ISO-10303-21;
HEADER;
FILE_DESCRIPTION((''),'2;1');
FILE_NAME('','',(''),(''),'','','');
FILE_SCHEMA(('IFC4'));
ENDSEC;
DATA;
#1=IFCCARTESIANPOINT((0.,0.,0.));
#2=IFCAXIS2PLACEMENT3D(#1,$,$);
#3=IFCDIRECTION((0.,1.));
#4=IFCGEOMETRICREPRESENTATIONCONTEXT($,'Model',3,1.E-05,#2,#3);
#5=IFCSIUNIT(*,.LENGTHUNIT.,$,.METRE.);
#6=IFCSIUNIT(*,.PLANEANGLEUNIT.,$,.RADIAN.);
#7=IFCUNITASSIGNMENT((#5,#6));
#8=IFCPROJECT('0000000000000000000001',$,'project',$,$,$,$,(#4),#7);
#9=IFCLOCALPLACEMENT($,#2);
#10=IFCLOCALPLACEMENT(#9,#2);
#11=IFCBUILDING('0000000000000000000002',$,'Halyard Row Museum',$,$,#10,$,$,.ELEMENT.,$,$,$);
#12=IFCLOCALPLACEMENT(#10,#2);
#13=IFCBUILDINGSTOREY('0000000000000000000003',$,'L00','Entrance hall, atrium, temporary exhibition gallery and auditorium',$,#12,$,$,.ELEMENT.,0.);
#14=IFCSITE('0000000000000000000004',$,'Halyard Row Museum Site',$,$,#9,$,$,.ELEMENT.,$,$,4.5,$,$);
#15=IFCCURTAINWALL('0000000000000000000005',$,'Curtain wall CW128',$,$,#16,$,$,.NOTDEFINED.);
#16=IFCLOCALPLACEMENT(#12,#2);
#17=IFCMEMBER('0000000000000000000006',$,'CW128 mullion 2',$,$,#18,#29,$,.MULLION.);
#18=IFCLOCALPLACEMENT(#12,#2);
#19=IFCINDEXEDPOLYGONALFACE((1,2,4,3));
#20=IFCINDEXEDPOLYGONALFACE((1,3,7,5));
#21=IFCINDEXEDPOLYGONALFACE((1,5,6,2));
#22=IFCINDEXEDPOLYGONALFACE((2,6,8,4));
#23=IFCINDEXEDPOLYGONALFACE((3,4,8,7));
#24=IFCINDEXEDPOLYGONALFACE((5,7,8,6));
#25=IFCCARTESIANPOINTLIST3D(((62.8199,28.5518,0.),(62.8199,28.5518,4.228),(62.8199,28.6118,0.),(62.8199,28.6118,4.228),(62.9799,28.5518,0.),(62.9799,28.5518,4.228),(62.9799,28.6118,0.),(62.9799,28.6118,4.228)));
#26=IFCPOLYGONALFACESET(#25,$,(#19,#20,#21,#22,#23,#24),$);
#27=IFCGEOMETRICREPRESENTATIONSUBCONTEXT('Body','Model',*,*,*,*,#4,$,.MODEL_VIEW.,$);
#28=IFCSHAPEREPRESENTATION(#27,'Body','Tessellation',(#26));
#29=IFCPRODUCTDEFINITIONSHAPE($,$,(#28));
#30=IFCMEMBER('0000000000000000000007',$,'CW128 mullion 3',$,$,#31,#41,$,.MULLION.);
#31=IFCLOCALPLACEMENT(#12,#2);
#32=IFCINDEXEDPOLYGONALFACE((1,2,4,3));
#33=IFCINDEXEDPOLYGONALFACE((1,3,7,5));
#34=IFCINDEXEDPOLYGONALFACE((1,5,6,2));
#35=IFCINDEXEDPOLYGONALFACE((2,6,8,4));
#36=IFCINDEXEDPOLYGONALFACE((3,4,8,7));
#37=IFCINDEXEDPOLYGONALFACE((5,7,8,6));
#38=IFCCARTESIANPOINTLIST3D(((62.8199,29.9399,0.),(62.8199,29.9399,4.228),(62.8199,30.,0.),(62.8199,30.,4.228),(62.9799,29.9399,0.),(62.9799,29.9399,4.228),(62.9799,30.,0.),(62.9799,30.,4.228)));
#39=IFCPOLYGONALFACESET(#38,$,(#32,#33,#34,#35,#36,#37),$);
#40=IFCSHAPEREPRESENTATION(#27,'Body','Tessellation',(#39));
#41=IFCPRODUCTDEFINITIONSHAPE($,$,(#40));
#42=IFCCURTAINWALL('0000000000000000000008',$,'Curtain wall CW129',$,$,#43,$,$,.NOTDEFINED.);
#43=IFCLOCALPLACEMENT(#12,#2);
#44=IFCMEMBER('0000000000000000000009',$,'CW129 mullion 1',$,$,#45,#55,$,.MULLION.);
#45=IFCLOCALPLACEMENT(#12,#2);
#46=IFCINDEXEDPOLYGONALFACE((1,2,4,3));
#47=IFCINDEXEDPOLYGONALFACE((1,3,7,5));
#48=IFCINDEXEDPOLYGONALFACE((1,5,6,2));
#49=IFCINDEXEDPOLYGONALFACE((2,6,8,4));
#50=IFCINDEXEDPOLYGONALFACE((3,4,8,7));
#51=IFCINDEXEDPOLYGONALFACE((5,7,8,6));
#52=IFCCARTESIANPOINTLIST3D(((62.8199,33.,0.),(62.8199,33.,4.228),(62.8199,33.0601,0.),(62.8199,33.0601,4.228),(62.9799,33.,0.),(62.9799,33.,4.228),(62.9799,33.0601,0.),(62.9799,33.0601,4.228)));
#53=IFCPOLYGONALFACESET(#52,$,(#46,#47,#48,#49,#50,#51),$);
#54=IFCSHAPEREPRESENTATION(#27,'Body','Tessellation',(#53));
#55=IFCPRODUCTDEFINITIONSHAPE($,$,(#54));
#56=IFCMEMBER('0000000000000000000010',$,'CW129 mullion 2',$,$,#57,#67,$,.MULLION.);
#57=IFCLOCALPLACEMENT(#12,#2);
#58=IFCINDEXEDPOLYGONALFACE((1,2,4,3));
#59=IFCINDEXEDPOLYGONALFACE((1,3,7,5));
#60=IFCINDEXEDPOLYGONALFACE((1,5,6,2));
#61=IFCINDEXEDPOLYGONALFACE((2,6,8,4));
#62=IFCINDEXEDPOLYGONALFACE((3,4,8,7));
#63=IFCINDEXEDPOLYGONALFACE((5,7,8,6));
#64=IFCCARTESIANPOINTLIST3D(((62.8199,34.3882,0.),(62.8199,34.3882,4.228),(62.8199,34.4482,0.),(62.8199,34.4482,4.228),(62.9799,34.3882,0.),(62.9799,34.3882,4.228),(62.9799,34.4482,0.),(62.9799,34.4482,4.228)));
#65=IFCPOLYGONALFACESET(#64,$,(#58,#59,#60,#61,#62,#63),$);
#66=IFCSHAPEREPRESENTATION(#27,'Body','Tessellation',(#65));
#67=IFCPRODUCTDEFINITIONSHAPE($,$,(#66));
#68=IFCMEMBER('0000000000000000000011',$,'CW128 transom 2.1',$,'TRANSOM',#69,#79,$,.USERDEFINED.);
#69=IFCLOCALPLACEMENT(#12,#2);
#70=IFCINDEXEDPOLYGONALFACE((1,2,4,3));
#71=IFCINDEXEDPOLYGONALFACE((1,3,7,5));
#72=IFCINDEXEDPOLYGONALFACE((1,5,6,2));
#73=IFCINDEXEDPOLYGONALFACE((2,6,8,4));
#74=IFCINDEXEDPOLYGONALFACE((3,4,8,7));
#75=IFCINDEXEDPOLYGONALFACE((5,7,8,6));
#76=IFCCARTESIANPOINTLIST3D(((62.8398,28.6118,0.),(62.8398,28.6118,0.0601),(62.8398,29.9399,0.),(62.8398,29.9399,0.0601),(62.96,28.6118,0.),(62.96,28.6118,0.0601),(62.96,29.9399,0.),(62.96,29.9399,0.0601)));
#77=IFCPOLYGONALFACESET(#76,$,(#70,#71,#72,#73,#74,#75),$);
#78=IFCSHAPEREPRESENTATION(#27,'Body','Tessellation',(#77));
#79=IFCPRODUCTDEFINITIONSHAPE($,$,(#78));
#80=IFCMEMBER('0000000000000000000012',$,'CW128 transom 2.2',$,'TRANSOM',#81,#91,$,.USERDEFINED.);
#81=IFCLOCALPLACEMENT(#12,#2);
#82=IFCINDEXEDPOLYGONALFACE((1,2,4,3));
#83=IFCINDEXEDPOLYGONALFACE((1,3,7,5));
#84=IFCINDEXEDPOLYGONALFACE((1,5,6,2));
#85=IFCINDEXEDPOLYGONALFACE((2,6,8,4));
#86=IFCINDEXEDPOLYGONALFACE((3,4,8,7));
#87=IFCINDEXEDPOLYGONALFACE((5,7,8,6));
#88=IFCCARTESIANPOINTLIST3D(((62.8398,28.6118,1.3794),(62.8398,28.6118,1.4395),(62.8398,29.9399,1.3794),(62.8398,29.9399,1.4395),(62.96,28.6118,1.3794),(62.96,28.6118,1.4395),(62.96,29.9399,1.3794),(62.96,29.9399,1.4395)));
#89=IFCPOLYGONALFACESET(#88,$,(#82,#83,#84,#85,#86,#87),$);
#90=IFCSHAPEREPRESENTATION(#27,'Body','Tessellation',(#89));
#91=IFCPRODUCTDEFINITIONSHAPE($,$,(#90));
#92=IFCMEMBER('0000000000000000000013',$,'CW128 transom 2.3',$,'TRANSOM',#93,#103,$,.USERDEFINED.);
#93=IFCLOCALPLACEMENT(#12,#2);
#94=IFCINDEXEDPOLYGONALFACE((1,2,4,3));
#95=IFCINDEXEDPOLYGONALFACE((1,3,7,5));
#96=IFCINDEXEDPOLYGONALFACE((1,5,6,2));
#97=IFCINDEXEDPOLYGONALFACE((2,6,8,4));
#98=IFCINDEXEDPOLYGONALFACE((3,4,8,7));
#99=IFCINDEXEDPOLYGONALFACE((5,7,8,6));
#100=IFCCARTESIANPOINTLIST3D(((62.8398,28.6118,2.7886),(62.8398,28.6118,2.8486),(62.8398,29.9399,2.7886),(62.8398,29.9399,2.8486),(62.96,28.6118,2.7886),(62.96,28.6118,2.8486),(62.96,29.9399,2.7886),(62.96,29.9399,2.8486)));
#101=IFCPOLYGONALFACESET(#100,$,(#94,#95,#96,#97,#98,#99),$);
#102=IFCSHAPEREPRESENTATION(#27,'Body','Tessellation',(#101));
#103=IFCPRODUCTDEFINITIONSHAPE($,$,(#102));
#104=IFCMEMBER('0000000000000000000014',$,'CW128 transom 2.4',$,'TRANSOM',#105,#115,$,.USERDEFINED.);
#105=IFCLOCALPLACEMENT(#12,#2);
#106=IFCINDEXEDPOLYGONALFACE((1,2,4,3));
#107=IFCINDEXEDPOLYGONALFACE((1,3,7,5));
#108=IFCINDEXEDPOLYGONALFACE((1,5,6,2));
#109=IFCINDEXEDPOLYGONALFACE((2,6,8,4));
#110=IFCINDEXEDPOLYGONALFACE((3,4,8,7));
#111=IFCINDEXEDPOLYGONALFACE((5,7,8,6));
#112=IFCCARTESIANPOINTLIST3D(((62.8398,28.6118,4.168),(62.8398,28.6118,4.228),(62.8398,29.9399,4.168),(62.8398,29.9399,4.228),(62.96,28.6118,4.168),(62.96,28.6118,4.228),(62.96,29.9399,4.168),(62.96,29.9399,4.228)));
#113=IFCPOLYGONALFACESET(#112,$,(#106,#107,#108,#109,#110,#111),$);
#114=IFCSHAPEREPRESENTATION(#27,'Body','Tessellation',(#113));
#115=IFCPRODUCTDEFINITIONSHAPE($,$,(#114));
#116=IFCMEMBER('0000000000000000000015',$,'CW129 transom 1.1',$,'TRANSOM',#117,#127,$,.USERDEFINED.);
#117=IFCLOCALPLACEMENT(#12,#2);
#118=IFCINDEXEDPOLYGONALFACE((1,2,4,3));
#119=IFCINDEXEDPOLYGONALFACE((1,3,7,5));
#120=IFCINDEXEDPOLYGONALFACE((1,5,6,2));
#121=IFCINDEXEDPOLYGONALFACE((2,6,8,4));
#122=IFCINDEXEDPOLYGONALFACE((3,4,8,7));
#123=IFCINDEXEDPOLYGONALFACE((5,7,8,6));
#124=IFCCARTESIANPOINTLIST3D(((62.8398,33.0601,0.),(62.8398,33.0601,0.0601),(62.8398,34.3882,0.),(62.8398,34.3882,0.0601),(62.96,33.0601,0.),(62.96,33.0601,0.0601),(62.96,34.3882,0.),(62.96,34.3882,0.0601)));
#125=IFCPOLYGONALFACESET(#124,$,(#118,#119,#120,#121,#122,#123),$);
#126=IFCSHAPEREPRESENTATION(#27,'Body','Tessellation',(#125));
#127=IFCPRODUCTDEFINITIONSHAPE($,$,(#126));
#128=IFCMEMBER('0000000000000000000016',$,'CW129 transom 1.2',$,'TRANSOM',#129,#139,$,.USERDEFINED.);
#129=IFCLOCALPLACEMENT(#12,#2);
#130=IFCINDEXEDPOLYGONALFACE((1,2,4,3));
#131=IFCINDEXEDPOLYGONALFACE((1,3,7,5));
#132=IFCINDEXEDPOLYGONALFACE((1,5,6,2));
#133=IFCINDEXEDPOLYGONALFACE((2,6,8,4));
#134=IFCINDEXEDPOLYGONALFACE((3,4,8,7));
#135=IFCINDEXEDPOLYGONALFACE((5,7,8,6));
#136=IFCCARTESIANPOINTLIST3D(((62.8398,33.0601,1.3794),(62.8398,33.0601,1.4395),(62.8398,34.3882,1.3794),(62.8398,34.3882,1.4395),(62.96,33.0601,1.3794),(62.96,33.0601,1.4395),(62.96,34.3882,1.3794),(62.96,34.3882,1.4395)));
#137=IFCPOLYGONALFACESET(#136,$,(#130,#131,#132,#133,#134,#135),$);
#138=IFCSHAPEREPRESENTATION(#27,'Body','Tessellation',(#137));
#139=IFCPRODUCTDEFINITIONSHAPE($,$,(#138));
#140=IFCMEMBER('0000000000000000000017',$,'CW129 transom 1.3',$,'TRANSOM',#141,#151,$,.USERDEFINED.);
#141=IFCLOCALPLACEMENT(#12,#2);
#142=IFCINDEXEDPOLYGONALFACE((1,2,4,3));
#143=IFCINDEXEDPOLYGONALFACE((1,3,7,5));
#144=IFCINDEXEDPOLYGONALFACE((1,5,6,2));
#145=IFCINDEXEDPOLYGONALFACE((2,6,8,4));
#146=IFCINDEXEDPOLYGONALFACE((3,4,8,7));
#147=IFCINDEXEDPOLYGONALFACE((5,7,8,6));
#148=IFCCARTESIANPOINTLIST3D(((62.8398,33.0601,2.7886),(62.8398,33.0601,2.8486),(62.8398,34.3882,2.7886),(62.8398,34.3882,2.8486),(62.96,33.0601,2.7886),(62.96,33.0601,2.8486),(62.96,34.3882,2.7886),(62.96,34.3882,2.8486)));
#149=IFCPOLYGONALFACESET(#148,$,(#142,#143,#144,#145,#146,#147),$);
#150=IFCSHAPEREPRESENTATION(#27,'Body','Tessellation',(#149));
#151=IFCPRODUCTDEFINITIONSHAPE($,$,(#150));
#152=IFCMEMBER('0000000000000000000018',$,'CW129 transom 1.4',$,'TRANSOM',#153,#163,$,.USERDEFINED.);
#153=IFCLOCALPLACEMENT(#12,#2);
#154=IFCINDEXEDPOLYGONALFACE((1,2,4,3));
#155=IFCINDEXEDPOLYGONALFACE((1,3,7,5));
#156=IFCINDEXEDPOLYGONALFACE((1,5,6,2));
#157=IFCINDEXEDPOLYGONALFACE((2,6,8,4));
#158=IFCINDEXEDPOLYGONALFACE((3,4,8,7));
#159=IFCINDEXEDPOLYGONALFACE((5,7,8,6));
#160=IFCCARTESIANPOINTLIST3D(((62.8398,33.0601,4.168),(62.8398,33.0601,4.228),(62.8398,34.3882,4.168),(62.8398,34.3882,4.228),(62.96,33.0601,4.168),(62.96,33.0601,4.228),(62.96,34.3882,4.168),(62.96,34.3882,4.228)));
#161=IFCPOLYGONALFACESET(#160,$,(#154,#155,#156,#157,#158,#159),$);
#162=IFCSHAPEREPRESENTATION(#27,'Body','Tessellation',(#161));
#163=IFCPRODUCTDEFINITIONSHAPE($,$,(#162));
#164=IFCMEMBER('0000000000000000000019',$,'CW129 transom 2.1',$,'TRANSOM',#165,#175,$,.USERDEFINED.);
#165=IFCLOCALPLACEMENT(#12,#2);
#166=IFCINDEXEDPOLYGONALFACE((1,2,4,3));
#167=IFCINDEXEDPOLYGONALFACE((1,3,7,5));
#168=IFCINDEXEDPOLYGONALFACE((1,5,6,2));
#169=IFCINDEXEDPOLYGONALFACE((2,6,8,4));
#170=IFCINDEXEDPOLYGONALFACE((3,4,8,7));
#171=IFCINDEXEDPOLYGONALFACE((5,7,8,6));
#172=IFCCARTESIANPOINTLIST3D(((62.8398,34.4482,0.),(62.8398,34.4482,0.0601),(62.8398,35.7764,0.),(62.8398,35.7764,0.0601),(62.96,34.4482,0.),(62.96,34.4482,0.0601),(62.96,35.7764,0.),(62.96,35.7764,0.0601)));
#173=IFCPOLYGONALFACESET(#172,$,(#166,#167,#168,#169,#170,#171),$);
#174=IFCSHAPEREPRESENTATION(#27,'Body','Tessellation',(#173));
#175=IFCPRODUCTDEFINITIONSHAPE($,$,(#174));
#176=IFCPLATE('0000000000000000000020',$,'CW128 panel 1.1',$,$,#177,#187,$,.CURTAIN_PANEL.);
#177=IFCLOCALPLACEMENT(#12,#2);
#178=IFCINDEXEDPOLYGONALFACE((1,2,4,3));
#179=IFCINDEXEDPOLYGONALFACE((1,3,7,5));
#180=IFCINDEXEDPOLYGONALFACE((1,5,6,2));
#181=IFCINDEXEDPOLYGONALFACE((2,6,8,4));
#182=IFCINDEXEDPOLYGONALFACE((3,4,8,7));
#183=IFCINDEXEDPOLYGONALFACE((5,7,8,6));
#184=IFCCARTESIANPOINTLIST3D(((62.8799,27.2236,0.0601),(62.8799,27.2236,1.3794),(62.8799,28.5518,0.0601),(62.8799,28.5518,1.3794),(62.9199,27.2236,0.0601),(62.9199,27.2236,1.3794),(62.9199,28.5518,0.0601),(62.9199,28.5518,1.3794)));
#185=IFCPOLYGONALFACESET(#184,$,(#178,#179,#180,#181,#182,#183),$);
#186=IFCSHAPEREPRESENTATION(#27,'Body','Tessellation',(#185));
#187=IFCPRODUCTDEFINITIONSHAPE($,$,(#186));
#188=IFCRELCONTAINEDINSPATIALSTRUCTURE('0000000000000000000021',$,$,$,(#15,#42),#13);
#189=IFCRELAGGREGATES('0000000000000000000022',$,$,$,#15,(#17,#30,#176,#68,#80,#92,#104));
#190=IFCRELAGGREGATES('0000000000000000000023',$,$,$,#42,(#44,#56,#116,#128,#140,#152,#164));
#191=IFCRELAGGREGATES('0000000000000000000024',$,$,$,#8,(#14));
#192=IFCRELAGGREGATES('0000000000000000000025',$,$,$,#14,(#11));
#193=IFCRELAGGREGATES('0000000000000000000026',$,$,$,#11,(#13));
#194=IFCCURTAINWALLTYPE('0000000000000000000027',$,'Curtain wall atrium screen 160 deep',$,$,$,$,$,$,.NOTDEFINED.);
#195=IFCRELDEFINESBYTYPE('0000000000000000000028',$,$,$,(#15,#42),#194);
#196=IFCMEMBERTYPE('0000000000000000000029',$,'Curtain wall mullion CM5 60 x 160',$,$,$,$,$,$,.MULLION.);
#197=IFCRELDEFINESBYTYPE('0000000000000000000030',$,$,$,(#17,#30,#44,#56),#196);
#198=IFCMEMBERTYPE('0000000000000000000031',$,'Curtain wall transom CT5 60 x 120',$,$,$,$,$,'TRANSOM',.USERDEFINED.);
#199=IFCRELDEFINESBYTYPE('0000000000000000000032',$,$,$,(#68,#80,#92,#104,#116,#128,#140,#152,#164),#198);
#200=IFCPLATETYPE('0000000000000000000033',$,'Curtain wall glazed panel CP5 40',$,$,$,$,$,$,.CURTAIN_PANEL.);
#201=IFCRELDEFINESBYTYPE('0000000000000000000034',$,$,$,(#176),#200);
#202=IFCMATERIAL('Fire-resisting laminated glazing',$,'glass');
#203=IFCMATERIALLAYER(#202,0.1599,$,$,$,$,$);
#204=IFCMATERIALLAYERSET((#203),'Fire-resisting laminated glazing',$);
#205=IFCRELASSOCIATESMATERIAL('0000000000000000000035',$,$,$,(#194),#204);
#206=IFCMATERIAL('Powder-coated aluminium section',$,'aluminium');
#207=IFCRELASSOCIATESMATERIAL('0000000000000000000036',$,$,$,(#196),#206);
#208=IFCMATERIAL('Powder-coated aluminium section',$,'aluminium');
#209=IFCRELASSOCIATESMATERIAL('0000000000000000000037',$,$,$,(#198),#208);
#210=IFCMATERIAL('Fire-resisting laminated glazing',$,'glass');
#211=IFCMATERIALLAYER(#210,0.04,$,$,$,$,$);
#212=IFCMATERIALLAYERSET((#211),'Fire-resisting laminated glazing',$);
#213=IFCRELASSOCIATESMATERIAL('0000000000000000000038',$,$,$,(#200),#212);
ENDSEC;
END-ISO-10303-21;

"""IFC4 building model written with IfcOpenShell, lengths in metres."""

from ifc_helpers import new_model, si_unit, direction, frame, origin, origin_2d, place, context, subcontext, project, spatial, rectangle, extrude, material, layer, layer_set, material_profile, profile_set, type_object, element, aggregate, save


model = new_model("IFC4")

# Units and contexts
model_context = context("Model", 3, precision=1e-05, world=origin(), true_north=direction((0.0, 1.0)))
body_context = subcontext(model_context, "Body", "Model", "MODEL_VIEW")
ifc_project = project(units=[si_unit("LENGTHUNIT", "METRE"), si_unit("PLANEANGLEUNIT", "RADIAN")], contexts=[model_context])

# Site, building, storey
site_placement = place(None, origin())
site = spatial("IfcSite", under=ifc_project, at=site_placement, Name="Halyard Row Museum Site", CompositionType="ELEMENT", RefElevation=4.5)
building_placement = place(site_placement, origin())
building = spatial("IfcBuilding", under=site, at=building_placement, Name="Halyard Row Museum", CompositionType="ELEMENT")
storey_placement = place(building_placement, origin())
storey = spatial("IfcBuildingStorey", under=building, at=storey_placement, Name="L00", Description="Entrance hall, atrium, temporary exhibition gallery and auditorium", CompositionType="ELEMENT", Elevation=0.0)

# Curtain walls, members
ifc_material_1 = material(Name="Fire-resisting laminated glazing", Category="glass")
ifc_layer_1 = layer(ifc_material_1, 0.1599)
ifc_layer_set_1 = layer_set([ifc_layer_1], Name="Fire-resisting laminated glazing")
curtain_wall_type = type_object("IfcCurtainWallType", Name="Curtain wall atrium screen 160 deep", PredefinedType="NOTDEFINED", material=ifc_layer_set_1)
curtain_wall_1_placement = place(storey_placement, origin())
curtain_wall_1 = element("IfcCurtainWall", 1, at=curtain_wall_1_placement, inside=storey, type_object=curtain_wall_type, Name="Curtain wall CW128", PredefinedType="NOTDEFINED")
ifc_material_2 = material(Name="Powder-coated aluminium section", Category="aluminium")
ifc_material_profile_1 = material_profile(ifc_material_2, rectangle(XDim=0.1599, YDim=0.0601, at=origin_2d()), Name="160x60 mullion")
ifc_profile_set_1 = profile_set([ifc_material_profile_1], Name="Powder-coated aluminium section")
member_type_1 = type_object("IfcMemberType", Name="Curtain wall mullion CM5 60 x 160", PredefinedType="MULLION", material=ifc_profile_set_1)
member_1_placement = place(storey_placement, frame((62.8999, 28.5818, 0.0), z_axis=(0.0, 0.0, 1.0), x_axis=(-1.0, 0.0, 0.0)))
member_1 = element("IfcMember", 2, at=member_1_placement, type_object=member_type_1, Name="CW128 mullion 2", PredefinedType="MULLION", context=body_context, shape_type="SweptSolid", body=[
    extrude(rectangle(XDim=0.1599, YDim=0.0601, at=origin_2d()), origin(), (0.0, 0.0, 1.0), 4.228),
])
member_2_placement = place(storey_placement, frame((62.8999, 29.97, 0.0), z_axis=(0.0, 0.0, 1.0), x_axis=(-1.0, 0.0, 0.0)))
member_2 = element("IfcMember", 3, at=member_2_placement, type_object=member_type_1, Name="CW128 mullion 3", PredefinedType="MULLION", context=body_context, shape_type="SweptSolid", body=[
    extrude(rectangle(XDim=0.1599, YDim=0.0601, at=origin_2d()), origin(), (0.0, 0.0, 1.0), 4.228),
])
curtain_wall_2_placement = place(storey_placement, origin())
curtain_wall_2 = element("IfcCurtainWall", 4, at=curtain_wall_2_placement, inside=storey, type_object=curtain_wall_type, Name="Curtain wall CW129", PredefinedType="NOTDEFINED")
member_3_placement = place(storey_placement, frame((62.8999, 33.03, 0.0), z_axis=(0.0, 0.0, 1.0), x_axis=(-1.0, 0.0, 0.0)))
member_3 = element("IfcMember", 5, at=member_3_placement, type_object=member_type_1, Name="CW129 mullion 1", PredefinedType="MULLION", context=body_context, shape_type="SweptSolid", body=[
    extrude(rectangle(XDim=0.1599, YDim=0.0601, at=origin_2d()), origin(), (0.0, 0.0, 1.0), 4.228),
])
member_4_placement = place(storey_placement, frame((62.8999, 34.4182, 0.0), z_axis=(0.0, 0.0, 1.0), x_axis=(-1.0, 0.0, 0.0)))
member_4 = element("IfcMember", 6, at=member_4_placement, type_object=member_type_1, Name="CW129 mullion 2", PredefinedType="MULLION", context=body_context, shape_type="SweptSolid", body=[
    extrude(rectangle(XDim=0.1599, YDim=0.0601, at=origin_2d()), origin(), (0.0, 0.0, 1.0), 4.228),
])

# Members
ifc_material_3 = material(Name="Powder-coated aluminium section", Category="aluminium")
ifc_material_profile_2 = material_profile(ifc_material_3, rectangle(XDim=0.1201, YDim=0.0601, at=origin_2d()), Name="120x60 transom")
ifc_profile_set_2 = profile_set([ifc_material_profile_2], Name="Powder-coated aluminium section")
member_type_2 = type_object("IfcMemberType", Name="Curtain wall transom CT5 60 x 120", ElementType="TRANSOM", PredefinedType="USERDEFINED", material=ifc_profile_set_2)
member_5_placement = place(storey_placement, frame((62.8999, 28.6118, 0.03), z_axis=(0.0, 1.0, 0.0), x_axis=(-1.0, 0.0, 0.0)))
member_5 = element("IfcMember", 7, at=member_5_placement, type_object=member_type_2, Name="CW128 transom 2.1", ObjectType="TRANSOM", PredefinedType="USERDEFINED", context=body_context, shape_type="SweptSolid", body=[
    extrude(rectangle(XDim=0.1201, YDim=0.0601, at=origin_2d()), origin(), (0.0, 0.0, 1.0), 1.3281),
])
member_6_placement = place(storey_placement, frame((62.8999, 28.6118, 1.4094), z_axis=(0.0, 1.0, 0.0), x_axis=(-1.0, 0.0, 0.0)))
member_6 = element("IfcMember", 8, at=member_6_placement, type_object=member_type_2, Name="CW128 transom 2.2", ObjectType="TRANSOM", PredefinedType="USERDEFINED", context=body_context, shape_type="SweptSolid", body=[
    extrude(rectangle(XDim=0.1201, YDim=0.0601, at=origin_2d()), origin(), (0.0, 0.0, 1.0), 1.3281),
])
member_7_placement = place(storey_placement, frame((62.8999, 28.6118, 2.8186), z_axis=(0.0, 1.0, 0.0), x_axis=(-1.0, 0.0, 0.0)))
member_7 = element("IfcMember", 9, at=member_7_placement, type_object=member_type_2, Name="CW128 transom 2.3", ObjectType="TRANSOM", PredefinedType="USERDEFINED", context=body_context, shape_type="SweptSolid", body=[
    extrude(rectangle(XDim=0.1201, YDim=0.0601, at=origin_2d()), origin(), (0.0, 0.0, 1.0), 1.3281),
])
member_8_placement = place(storey_placement, frame((62.8999, 28.6118, 4.198), z_axis=(0.0, 1.0, 0.0), x_axis=(-1.0, 0.0, 0.0)))
member_8 = element("IfcMember", 10, at=member_8_placement, type_object=member_type_2, Name="CW128 transom 2.4", ObjectType="TRANSOM", PredefinedType="USERDEFINED", context=body_context, shape_type="SweptSolid", body=[
    extrude(rectangle(XDim=0.1201, YDim=0.0601, at=origin_2d()), origin(), (0.0, 0.0, 1.0), 1.3281),
])
member_9_placement = place(storey_placement, frame((62.8999, 33.0601, 0.03), z_axis=(0.0, 1.0, 0.0), x_axis=(-1.0, 0.0, 0.0)))
member_9 = element("IfcMember", 11, at=member_9_placement, type_object=member_type_2, Name="CW129 transom 1.1", ObjectType="TRANSOM", PredefinedType="USERDEFINED", context=body_context, shape_type="SweptSolid", body=[
    extrude(rectangle(XDim=0.1201, YDim=0.0601, at=origin_2d()), origin(), (0.0, 0.0, 1.0), 1.3281),
])
member_10_placement = place(storey_placement, frame((62.8999, 33.0601, 1.4094), z_axis=(0.0, 1.0, 0.0), x_axis=(-1.0, 0.0, 0.0)))
member_10 = element("IfcMember", 12, at=member_10_placement, type_object=member_type_2, Name="CW129 transom 1.2", ObjectType="TRANSOM", PredefinedType="USERDEFINED", context=body_context, shape_type="SweptSolid", body=[
    extrude(rectangle(XDim=0.1201, YDim=0.0601, at=origin_2d()), origin(), (0.0, 0.0, 1.0), 1.3281),
])
member_11_placement = place(storey_placement, frame((62.8999, 33.0601, 2.8186), z_axis=(0.0, 1.0, 0.0), x_axis=(-1.0, 0.0, 0.0)))
member_11 = element("IfcMember", 13, at=member_11_placement, type_object=member_type_2, Name="CW129 transom 1.3", ObjectType="TRANSOM", PredefinedType="USERDEFINED", context=body_context, shape_type="SweptSolid", body=[
    extrude(rectangle(XDim=0.1201, YDim=0.0601, at=origin_2d()), origin(), (0.0, 0.0, 1.0), 1.3281),
])
member_12_placement = place(storey_placement, frame((62.8999, 33.0601, 4.198), z_axis=(0.0, 1.0, 0.0), x_axis=(-1.0, 0.0, 0.0)))
member_12 = element("IfcMember", 14, at=member_12_placement, type_object=member_type_2, Name="CW129 transom 1.4", ObjectType="TRANSOM", PredefinedType="USERDEFINED", context=body_context, shape_type="SweptSolid", body=[
    extrude(rectangle(XDim=0.1201, YDim=0.0601, at=origin_2d()), origin(), (0.0, 0.0, 1.0), 1.3281),
])
member_13_placement = place(storey_placement, frame((62.8999, 34.4482, 0.03), z_axis=(0.0, 1.0, 0.0), x_axis=(-1.0, 0.0, 0.0)))
member_13 = element("IfcMember", 15, at=member_13_placement, type_object=member_type_2, Name="CW129 transom 2.1", ObjectType="TRANSOM", PredefinedType="USERDEFINED", context=body_context, shape_type="SweptSolid", body=[
    extrude(rectangle(XDim=0.1201, YDim=0.0601, at=origin_2d()), origin(), (0.0, 0.0, 1.0), 1.3281),
])

# Plate
ifc_material_4 = material(Name="Fire-resisting laminated glazing", Category="glass")
ifc_layer_2 = layer(ifc_material_4, 0.04)
ifc_layer_set_2 = layer_set([ifc_layer_2], Name="Fire-resisting laminated glazing")
plate_type = type_object("IfcPlateType", Name="Curtain wall glazed panel CP5 40", PredefinedType="CURTAIN_PANEL", material=ifc_layer_set_2)
plate_1_placement = place(storey_placement, frame((62.8999, 27.8877, 0.0601), z_axis=(0.0, 0.0, 1.0), x_axis=(0.0, 1.0, 0.0)))
plate_1 = element("IfcPlate", 16, at=plate_1_placement, type_object=plate_type, Name="CW128 panel 1.1", PredefinedType="CURTAIN_PANEL", context=body_context, shape_type="SweptSolid", body=[
    extrude(rectangle(XDim=1.3281, YDim=0.04, at=origin_2d()), origin(), (0.0, 0.0, 1.0), 1.3193),
])
aggregate(curtain_wall_1, [member_1, member_2, plate_1, member_5, member_6, member_7, member_8])
aggregate(curtain_wall_2, [member_3, member_4, member_9, member_10, member_11, member_12, member_13])

save(model, "model.ifc")
